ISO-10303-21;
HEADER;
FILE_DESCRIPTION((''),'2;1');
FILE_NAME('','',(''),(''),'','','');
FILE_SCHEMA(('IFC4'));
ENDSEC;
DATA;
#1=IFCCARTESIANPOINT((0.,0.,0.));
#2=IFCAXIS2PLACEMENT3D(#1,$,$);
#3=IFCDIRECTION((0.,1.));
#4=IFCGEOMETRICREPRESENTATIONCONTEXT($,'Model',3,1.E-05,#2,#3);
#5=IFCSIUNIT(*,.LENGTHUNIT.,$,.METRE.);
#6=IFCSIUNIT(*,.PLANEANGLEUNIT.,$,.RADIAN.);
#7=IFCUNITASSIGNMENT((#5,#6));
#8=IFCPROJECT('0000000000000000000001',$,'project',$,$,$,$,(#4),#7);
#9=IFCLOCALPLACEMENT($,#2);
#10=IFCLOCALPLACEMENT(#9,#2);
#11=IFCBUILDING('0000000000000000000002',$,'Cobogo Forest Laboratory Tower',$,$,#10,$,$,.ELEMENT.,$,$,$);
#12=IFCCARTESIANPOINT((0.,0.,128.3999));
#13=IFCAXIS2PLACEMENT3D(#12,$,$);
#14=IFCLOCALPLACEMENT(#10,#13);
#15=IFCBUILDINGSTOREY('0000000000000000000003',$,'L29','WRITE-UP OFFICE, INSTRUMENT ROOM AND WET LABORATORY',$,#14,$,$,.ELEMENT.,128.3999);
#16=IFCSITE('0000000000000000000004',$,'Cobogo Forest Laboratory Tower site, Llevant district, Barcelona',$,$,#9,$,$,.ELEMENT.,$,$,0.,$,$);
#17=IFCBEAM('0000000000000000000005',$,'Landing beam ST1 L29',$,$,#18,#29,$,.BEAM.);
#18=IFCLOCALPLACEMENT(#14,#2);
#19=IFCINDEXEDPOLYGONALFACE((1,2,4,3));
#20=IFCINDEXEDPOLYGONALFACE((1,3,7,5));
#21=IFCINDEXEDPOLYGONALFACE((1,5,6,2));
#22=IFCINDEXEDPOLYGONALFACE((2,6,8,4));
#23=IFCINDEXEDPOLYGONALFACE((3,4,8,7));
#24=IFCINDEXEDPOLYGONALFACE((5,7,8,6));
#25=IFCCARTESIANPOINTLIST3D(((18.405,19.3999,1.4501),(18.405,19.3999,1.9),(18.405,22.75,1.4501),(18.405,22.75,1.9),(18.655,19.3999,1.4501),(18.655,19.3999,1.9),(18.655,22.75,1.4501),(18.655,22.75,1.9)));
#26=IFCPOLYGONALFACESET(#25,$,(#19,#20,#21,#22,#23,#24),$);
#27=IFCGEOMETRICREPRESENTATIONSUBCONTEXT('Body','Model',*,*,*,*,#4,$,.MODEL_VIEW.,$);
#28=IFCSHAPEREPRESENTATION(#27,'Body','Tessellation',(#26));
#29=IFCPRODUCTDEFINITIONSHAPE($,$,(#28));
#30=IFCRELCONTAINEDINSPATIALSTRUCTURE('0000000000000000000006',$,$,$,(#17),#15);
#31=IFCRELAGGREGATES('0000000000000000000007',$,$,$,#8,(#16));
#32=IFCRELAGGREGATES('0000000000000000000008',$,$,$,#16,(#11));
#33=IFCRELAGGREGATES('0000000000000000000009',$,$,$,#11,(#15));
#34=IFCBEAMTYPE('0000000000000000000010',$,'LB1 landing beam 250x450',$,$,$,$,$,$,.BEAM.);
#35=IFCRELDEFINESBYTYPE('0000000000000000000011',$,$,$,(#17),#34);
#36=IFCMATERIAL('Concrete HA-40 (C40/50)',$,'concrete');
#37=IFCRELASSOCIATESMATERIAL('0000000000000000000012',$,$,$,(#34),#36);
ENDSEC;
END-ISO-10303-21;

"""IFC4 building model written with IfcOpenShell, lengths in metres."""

from ifc_helpers import new_model, si_unit, direction, frame, origin, origin_2d, place, context, subcontext, project, spatial, rectangle, extrude, material, material_profile, profile_set, type_object, element, save


model = new_model("IFC4")

# Units and contexts
model_context = context("Model", 3, precision=1e-05, world=origin(), true_north=direction((0.0, 1.0)))
body_context = subcontext(model_context, "Body", "Model", "MODEL_VIEW")
ifc_project = project(units=[si_unit("LENGTHUNIT", "METRE"), si_unit("PLANEANGLEUNIT", "RADIAN")], contexts=[model_context])

# Site, building, storey
site_placement = place(None, origin())
site = spatial("IfcSite", under=ifc_project, at=site_placement, Name="Cobogo Forest Laboratory Tower site, Llevant district, Barcelona", CompositionType="ELEMENT", RefElevation=0.0)
building_placement = place(site_placement, origin())
building = spatial("IfcBuilding", under=site, at=building_placement, Name="Cobogo Forest Laboratory Tower", CompositionType="ELEMENT")
storey_placement = place(building_placement, frame((0.0, 0.0, 128.3999)))
storey = spatial("IfcBuildingStorey", under=building, at=storey_placement, Name="L29", Description="WRITE-UP OFFICE, INSTRUMENT ROOM AND WET LABORATORY", CompositionType="ELEMENT", Elevation=128.3999)

# Beam
ifc_material_1 = material(Name="Concrete HA-40 (C40/50)", Category="concrete")
ifc_material_profile = material_profile(ifc_material_1, rectangle(XDim=0.25, YDim=0.45, at=origin_2d()), Name="RC 250x450")
ifc_profile_set = profile_set([ifc_material_profile], Name="Concrete HA-40 (C40/50)")
beam_type = type_object("IfcBeamType", Name="LB1 landing beam 250x450", PredefinedType="BEAM", material=ifc_profile_set)
beam_placement = place(storey_placement, frame((18.53, 19.3999, 1.675), z_axis=(0.0, 1.0, 0.0), x_axis=(-1.0, 0.0, 0.0)))
element("IfcBeam", 1, at=beam_placement, inside=storey, type_object=beam_type, Name="Landing beam ST1 L29", PredefinedType="BEAM", context=body_context, shape_type="SweptSolid", body=[
    extrude(rectangle(XDim=0.25, YDim=0.45, at=origin_2d()), origin(), (0.0, 0.0, 1.0), 3.3501),
])

save(model, "model.ifc")
